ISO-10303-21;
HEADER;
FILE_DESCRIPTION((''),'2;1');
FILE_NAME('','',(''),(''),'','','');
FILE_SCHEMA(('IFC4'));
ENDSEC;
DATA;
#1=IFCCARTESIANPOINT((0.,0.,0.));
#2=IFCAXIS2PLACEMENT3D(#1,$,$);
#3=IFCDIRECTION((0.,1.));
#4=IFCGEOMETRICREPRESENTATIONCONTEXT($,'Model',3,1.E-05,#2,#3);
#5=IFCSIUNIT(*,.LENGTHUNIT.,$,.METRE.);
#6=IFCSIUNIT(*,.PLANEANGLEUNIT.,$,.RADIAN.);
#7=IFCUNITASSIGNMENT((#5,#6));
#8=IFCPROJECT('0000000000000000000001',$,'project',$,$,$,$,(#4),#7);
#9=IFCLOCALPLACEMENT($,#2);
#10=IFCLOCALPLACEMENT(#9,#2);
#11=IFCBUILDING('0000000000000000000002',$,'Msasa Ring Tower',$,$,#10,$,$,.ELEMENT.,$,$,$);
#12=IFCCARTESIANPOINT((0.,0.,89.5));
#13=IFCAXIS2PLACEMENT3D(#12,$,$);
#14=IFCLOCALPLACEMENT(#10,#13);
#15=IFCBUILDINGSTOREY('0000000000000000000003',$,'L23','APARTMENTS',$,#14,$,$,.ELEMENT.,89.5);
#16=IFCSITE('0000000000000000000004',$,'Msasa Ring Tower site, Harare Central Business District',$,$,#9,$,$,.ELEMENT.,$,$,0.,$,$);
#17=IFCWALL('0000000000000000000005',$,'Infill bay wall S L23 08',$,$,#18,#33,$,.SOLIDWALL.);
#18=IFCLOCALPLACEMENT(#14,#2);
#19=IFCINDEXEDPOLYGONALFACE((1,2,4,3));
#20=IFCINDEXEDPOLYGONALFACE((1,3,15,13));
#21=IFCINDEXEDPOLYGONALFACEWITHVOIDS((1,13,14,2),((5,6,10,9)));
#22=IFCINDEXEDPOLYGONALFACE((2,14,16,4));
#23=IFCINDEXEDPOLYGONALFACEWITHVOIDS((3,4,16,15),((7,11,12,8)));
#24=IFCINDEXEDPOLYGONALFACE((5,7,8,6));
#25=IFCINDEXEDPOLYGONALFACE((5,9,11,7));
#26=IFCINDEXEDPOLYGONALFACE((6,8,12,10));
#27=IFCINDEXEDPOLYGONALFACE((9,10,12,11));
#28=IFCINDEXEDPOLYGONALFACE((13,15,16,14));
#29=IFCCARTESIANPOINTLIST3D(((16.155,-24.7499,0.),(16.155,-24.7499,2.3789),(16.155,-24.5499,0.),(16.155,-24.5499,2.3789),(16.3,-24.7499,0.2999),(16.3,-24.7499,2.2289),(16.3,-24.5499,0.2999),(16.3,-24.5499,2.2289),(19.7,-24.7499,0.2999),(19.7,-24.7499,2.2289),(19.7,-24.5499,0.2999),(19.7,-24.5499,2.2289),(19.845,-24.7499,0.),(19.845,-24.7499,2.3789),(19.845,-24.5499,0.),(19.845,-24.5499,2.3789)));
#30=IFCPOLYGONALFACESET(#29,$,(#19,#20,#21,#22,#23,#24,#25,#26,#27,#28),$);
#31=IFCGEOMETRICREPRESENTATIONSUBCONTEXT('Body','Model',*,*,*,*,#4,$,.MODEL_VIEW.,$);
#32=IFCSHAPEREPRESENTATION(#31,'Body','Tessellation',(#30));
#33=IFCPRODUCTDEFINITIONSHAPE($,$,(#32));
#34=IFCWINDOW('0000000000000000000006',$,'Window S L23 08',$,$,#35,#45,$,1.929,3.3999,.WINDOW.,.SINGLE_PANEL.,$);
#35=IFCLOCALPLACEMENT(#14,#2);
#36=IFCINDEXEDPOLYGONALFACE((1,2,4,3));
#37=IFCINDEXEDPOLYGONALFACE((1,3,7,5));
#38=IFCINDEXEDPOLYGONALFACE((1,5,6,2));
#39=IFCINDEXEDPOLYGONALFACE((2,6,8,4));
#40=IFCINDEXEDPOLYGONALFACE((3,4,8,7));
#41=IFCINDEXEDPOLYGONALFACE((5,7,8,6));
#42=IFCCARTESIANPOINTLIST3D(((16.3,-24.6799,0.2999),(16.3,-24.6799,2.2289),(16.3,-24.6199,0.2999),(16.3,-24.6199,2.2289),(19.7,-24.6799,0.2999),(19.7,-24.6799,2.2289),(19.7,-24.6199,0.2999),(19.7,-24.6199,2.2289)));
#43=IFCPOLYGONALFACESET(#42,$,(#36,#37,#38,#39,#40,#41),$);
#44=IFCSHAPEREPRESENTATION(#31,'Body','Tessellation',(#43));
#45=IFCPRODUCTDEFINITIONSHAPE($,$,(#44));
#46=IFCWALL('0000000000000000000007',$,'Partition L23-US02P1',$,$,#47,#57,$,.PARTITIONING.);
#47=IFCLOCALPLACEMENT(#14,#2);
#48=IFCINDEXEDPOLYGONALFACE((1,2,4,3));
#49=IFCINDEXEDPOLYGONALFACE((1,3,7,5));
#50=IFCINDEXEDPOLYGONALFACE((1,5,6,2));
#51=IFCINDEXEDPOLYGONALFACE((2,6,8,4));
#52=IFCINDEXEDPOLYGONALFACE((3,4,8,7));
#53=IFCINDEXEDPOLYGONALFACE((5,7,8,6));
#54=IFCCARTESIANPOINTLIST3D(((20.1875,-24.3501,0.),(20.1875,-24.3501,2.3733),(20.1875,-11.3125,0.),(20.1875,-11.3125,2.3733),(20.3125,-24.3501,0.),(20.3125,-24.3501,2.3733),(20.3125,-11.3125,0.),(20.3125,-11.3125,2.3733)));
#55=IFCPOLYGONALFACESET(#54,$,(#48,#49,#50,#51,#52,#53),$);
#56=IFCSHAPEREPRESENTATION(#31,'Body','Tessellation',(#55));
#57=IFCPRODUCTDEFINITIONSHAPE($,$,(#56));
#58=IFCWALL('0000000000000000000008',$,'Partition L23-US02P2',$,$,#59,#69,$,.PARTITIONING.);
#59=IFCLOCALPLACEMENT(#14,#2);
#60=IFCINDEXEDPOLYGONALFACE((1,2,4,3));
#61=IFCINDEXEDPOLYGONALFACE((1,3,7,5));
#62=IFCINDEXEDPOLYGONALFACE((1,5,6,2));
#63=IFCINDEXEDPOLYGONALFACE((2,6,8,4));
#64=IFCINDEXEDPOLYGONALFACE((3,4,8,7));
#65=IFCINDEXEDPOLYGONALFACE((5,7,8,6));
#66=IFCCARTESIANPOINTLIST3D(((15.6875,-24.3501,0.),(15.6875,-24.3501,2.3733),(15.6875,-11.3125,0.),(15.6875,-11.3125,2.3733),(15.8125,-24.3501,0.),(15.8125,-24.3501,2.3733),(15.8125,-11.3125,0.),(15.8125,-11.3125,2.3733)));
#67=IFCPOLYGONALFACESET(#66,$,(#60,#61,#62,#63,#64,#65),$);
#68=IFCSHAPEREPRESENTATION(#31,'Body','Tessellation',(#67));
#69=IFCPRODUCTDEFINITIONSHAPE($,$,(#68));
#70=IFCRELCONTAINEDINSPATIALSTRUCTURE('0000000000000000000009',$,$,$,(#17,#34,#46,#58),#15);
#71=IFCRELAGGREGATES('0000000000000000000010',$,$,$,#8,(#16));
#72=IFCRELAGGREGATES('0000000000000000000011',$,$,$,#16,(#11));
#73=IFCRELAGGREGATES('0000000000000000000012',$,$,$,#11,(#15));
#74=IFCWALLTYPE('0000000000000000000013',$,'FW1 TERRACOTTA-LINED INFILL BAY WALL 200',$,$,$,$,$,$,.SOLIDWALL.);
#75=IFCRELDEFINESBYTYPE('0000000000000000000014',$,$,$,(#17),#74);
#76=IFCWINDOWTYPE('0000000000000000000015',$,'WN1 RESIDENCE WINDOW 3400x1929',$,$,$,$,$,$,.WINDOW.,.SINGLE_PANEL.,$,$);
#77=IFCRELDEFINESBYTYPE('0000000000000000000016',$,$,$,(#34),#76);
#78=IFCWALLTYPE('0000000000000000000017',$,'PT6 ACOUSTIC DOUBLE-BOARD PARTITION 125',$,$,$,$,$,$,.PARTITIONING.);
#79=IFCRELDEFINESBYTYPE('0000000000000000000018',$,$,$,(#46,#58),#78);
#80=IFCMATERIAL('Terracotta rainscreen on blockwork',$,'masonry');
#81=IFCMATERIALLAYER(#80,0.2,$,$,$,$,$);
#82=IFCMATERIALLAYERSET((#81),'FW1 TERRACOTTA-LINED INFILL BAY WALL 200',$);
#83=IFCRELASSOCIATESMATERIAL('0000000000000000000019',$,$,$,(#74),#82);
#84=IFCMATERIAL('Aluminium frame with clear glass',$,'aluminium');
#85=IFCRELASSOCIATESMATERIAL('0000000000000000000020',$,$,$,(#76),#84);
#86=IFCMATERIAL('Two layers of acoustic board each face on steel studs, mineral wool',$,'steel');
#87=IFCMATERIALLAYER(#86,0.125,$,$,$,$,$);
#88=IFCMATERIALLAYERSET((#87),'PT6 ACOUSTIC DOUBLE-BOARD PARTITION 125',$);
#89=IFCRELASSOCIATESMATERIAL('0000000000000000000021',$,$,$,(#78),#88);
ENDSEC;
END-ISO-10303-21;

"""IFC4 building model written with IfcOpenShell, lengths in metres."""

from ifc_helpers import new_model, si_unit, direction, frame, frame_2d, origin, place, context, subcontext, project, spatial, rectangle, extrude, material, layer, layer_set, type_object, element, fill, save


model = new_model("IFC4")

# Units and contexts
model_context = context("Model", 3, precision=1e-05, world=origin(), true_north=direction((0.0, 1.0)))
body_context = subcontext(model_context, "Body", "Model", "MODEL_VIEW")
ifc_project = project(units=[si_unit("LENGTHUNIT", "METRE"), si_unit("PLANEANGLEUNIT", "RADIAN")], contexts=[model_context])

# Site, building, storey
site_placement = place(None, origin())
site = spatial("IfcSite", under=ifc_project, at=site_placement, Name="Msasa Ring Tower site, Harare Central Business District", CompositionType="ELEMENT", RefElevation=0.0)
building_placement = place(site_placement, origin())
building = spatial("IfcBuilding", under=site, at=building_placement, Name="Msasa Ring Tower", CompositionType="ELEMENT")
storey_placement = place(building_placement, frame((0.0, 0.0, 89.5)))
storey = spatial("IfcBuildingStorey", under=building, at=storey_placement, Name="L23", Description="APARTMENTS", CompositionType="ELEMENT", Elevation=89.5)

# Wall, opening, window
ifc_material_1 = material(Name="Terracotta rainscreen on blockwork", Category="masonry")
ifc_layer_1 = layer(ifc_material_1, 0.2)
ifc_layer_set_1 = layer_set([ifc_layer_1], Name="FW1 TERRACOTTA-LINED INFILL BAY WALL 200")
wall_type_1 = type_object("IfcWallType", Name="FW1 TERRACOTTA-LINED INFILL BAY WALL 200", PredefinedType="SOLIDWALL", material=ifc_layer_set_1)
wall_placement = place(storey_placement, frame((16.155, -24.6499, 0.0), z_axis=(0.0, 0.0, 1.0), x_axis=(1.0, 0.0, 0.0)))
wall = element("IfcWall", 1, at=wall_placement, inside=storey, type_object=wall_type_1, Name="Infill bay wall S L23 08", PredefinedType="SOLIDWALL", context=body_context, shape_type="SweptSolid", body=[
    extrude(rectangle(XDim=3.6899, YDim=0.2, at=frame_2d((1.845, 0.0))), origin(), (0.0, 0.0, 1.0), 2.3789),
])
opening_placement = place(wall_placement, frame((0.145, 0.0, 0.3)))
opening = element("IfcOpeningElement", 2, at=opening_placement, cuts=wall, PredefinedType="OPENING", context=body_context, shape_type="SweptSolid", body=[
    extrude(rectangle(XDim=3.3999, YDim=1.929, at=frame_2d((1.7, 0.9644))), frame((0.0, 0.1099, 0.0), z_axis=(0.0, -1.0, 0.0), x_axis=(1.0, 0.0, 0.0)), (0.0, 0.0, 1.0), 0.22),
])
ifc_material_2 = material(Name="Aluminium frame with clear glass", Category="aluminium")
window_type = type_object("IfcWindowType", Name="WN1 RESIDENCE WINDOW 3400x1929", PartitioningType="SINGLE_PANEL", PredefinedType="WINDOW", material=ifc_material_2)
window_placement = place(opening_placement, origin())
window = element("IfcWindow", 3, at=window_placement, inside=storey, type_object=window_type, Name="Window S L23 08", OverallHeight=1.929, OverallWidth=3.3999, PartitioningType="SINGLE_PANEL", PredefinedType="WINDOW", context=body_context, shape_type="SweptSolid", body=[
    extrude(rectangle(XDim=3.3999, YDim=1.929, at=frame_2d((1.7, 0.9644))), frame((0.0, 0.03, 0.0), z_axis=(0.0, -1.0, 0.0), x_axis=(1.0, 0.0, 0.0)), (0.0, 0.0, 1.0), 0.0601),
])
fill(opening, window)

# Walls
ifc_material_3 = material(Name="Two layers of acoustic board each face on steel studs, mineral wool", Category="steel")
ifc_layer_2 = layer(ifc_material_3, 0.125)
ifc_layer_set_2 = layer_set([ifc_layer_2], Name="PT6 ACOUSTIC DOUBLE-BOARD PARTITION 125")
wall_type_2 = type_object("IfcWallType", Name="PT6 ACOUSTIC DOUBLE-BOARD PARTITION 125", PredefinedType="PARTITIONING", material=ifc_layer_set_2)
for number, where, z_axis, x_axis, name in (
    (4, (20.25, -24.3501, 0.0), (0.0, 0.0, 1.0), (0.0, 1.0, 0.0), "Partition L23-US02P1"),
    (5, (15.75, -24.3501, 0.0), (0.0, 0.0, 1.0), (0.0, 1.0, 0.0), "Partition L23-US02P2"),
):
    element("IfcWall", number, at=place(storey_placement, frame(where, z_axis=z_axis, x_axis=x_axis)), inside=storey, type_object=wall_type_2, Name=name, PredefinedType="PARTITIONING", context=body_context, shape_type="SweptSolid", body=[
        extrude(rectangle(XDim=13.0376, YDim=0.125, at=frame_2d((6.5188, 0.0))), origin(), (0.0, 0.0, 1.0), 2.3733),
    ])

save(model, "model.ifc")
